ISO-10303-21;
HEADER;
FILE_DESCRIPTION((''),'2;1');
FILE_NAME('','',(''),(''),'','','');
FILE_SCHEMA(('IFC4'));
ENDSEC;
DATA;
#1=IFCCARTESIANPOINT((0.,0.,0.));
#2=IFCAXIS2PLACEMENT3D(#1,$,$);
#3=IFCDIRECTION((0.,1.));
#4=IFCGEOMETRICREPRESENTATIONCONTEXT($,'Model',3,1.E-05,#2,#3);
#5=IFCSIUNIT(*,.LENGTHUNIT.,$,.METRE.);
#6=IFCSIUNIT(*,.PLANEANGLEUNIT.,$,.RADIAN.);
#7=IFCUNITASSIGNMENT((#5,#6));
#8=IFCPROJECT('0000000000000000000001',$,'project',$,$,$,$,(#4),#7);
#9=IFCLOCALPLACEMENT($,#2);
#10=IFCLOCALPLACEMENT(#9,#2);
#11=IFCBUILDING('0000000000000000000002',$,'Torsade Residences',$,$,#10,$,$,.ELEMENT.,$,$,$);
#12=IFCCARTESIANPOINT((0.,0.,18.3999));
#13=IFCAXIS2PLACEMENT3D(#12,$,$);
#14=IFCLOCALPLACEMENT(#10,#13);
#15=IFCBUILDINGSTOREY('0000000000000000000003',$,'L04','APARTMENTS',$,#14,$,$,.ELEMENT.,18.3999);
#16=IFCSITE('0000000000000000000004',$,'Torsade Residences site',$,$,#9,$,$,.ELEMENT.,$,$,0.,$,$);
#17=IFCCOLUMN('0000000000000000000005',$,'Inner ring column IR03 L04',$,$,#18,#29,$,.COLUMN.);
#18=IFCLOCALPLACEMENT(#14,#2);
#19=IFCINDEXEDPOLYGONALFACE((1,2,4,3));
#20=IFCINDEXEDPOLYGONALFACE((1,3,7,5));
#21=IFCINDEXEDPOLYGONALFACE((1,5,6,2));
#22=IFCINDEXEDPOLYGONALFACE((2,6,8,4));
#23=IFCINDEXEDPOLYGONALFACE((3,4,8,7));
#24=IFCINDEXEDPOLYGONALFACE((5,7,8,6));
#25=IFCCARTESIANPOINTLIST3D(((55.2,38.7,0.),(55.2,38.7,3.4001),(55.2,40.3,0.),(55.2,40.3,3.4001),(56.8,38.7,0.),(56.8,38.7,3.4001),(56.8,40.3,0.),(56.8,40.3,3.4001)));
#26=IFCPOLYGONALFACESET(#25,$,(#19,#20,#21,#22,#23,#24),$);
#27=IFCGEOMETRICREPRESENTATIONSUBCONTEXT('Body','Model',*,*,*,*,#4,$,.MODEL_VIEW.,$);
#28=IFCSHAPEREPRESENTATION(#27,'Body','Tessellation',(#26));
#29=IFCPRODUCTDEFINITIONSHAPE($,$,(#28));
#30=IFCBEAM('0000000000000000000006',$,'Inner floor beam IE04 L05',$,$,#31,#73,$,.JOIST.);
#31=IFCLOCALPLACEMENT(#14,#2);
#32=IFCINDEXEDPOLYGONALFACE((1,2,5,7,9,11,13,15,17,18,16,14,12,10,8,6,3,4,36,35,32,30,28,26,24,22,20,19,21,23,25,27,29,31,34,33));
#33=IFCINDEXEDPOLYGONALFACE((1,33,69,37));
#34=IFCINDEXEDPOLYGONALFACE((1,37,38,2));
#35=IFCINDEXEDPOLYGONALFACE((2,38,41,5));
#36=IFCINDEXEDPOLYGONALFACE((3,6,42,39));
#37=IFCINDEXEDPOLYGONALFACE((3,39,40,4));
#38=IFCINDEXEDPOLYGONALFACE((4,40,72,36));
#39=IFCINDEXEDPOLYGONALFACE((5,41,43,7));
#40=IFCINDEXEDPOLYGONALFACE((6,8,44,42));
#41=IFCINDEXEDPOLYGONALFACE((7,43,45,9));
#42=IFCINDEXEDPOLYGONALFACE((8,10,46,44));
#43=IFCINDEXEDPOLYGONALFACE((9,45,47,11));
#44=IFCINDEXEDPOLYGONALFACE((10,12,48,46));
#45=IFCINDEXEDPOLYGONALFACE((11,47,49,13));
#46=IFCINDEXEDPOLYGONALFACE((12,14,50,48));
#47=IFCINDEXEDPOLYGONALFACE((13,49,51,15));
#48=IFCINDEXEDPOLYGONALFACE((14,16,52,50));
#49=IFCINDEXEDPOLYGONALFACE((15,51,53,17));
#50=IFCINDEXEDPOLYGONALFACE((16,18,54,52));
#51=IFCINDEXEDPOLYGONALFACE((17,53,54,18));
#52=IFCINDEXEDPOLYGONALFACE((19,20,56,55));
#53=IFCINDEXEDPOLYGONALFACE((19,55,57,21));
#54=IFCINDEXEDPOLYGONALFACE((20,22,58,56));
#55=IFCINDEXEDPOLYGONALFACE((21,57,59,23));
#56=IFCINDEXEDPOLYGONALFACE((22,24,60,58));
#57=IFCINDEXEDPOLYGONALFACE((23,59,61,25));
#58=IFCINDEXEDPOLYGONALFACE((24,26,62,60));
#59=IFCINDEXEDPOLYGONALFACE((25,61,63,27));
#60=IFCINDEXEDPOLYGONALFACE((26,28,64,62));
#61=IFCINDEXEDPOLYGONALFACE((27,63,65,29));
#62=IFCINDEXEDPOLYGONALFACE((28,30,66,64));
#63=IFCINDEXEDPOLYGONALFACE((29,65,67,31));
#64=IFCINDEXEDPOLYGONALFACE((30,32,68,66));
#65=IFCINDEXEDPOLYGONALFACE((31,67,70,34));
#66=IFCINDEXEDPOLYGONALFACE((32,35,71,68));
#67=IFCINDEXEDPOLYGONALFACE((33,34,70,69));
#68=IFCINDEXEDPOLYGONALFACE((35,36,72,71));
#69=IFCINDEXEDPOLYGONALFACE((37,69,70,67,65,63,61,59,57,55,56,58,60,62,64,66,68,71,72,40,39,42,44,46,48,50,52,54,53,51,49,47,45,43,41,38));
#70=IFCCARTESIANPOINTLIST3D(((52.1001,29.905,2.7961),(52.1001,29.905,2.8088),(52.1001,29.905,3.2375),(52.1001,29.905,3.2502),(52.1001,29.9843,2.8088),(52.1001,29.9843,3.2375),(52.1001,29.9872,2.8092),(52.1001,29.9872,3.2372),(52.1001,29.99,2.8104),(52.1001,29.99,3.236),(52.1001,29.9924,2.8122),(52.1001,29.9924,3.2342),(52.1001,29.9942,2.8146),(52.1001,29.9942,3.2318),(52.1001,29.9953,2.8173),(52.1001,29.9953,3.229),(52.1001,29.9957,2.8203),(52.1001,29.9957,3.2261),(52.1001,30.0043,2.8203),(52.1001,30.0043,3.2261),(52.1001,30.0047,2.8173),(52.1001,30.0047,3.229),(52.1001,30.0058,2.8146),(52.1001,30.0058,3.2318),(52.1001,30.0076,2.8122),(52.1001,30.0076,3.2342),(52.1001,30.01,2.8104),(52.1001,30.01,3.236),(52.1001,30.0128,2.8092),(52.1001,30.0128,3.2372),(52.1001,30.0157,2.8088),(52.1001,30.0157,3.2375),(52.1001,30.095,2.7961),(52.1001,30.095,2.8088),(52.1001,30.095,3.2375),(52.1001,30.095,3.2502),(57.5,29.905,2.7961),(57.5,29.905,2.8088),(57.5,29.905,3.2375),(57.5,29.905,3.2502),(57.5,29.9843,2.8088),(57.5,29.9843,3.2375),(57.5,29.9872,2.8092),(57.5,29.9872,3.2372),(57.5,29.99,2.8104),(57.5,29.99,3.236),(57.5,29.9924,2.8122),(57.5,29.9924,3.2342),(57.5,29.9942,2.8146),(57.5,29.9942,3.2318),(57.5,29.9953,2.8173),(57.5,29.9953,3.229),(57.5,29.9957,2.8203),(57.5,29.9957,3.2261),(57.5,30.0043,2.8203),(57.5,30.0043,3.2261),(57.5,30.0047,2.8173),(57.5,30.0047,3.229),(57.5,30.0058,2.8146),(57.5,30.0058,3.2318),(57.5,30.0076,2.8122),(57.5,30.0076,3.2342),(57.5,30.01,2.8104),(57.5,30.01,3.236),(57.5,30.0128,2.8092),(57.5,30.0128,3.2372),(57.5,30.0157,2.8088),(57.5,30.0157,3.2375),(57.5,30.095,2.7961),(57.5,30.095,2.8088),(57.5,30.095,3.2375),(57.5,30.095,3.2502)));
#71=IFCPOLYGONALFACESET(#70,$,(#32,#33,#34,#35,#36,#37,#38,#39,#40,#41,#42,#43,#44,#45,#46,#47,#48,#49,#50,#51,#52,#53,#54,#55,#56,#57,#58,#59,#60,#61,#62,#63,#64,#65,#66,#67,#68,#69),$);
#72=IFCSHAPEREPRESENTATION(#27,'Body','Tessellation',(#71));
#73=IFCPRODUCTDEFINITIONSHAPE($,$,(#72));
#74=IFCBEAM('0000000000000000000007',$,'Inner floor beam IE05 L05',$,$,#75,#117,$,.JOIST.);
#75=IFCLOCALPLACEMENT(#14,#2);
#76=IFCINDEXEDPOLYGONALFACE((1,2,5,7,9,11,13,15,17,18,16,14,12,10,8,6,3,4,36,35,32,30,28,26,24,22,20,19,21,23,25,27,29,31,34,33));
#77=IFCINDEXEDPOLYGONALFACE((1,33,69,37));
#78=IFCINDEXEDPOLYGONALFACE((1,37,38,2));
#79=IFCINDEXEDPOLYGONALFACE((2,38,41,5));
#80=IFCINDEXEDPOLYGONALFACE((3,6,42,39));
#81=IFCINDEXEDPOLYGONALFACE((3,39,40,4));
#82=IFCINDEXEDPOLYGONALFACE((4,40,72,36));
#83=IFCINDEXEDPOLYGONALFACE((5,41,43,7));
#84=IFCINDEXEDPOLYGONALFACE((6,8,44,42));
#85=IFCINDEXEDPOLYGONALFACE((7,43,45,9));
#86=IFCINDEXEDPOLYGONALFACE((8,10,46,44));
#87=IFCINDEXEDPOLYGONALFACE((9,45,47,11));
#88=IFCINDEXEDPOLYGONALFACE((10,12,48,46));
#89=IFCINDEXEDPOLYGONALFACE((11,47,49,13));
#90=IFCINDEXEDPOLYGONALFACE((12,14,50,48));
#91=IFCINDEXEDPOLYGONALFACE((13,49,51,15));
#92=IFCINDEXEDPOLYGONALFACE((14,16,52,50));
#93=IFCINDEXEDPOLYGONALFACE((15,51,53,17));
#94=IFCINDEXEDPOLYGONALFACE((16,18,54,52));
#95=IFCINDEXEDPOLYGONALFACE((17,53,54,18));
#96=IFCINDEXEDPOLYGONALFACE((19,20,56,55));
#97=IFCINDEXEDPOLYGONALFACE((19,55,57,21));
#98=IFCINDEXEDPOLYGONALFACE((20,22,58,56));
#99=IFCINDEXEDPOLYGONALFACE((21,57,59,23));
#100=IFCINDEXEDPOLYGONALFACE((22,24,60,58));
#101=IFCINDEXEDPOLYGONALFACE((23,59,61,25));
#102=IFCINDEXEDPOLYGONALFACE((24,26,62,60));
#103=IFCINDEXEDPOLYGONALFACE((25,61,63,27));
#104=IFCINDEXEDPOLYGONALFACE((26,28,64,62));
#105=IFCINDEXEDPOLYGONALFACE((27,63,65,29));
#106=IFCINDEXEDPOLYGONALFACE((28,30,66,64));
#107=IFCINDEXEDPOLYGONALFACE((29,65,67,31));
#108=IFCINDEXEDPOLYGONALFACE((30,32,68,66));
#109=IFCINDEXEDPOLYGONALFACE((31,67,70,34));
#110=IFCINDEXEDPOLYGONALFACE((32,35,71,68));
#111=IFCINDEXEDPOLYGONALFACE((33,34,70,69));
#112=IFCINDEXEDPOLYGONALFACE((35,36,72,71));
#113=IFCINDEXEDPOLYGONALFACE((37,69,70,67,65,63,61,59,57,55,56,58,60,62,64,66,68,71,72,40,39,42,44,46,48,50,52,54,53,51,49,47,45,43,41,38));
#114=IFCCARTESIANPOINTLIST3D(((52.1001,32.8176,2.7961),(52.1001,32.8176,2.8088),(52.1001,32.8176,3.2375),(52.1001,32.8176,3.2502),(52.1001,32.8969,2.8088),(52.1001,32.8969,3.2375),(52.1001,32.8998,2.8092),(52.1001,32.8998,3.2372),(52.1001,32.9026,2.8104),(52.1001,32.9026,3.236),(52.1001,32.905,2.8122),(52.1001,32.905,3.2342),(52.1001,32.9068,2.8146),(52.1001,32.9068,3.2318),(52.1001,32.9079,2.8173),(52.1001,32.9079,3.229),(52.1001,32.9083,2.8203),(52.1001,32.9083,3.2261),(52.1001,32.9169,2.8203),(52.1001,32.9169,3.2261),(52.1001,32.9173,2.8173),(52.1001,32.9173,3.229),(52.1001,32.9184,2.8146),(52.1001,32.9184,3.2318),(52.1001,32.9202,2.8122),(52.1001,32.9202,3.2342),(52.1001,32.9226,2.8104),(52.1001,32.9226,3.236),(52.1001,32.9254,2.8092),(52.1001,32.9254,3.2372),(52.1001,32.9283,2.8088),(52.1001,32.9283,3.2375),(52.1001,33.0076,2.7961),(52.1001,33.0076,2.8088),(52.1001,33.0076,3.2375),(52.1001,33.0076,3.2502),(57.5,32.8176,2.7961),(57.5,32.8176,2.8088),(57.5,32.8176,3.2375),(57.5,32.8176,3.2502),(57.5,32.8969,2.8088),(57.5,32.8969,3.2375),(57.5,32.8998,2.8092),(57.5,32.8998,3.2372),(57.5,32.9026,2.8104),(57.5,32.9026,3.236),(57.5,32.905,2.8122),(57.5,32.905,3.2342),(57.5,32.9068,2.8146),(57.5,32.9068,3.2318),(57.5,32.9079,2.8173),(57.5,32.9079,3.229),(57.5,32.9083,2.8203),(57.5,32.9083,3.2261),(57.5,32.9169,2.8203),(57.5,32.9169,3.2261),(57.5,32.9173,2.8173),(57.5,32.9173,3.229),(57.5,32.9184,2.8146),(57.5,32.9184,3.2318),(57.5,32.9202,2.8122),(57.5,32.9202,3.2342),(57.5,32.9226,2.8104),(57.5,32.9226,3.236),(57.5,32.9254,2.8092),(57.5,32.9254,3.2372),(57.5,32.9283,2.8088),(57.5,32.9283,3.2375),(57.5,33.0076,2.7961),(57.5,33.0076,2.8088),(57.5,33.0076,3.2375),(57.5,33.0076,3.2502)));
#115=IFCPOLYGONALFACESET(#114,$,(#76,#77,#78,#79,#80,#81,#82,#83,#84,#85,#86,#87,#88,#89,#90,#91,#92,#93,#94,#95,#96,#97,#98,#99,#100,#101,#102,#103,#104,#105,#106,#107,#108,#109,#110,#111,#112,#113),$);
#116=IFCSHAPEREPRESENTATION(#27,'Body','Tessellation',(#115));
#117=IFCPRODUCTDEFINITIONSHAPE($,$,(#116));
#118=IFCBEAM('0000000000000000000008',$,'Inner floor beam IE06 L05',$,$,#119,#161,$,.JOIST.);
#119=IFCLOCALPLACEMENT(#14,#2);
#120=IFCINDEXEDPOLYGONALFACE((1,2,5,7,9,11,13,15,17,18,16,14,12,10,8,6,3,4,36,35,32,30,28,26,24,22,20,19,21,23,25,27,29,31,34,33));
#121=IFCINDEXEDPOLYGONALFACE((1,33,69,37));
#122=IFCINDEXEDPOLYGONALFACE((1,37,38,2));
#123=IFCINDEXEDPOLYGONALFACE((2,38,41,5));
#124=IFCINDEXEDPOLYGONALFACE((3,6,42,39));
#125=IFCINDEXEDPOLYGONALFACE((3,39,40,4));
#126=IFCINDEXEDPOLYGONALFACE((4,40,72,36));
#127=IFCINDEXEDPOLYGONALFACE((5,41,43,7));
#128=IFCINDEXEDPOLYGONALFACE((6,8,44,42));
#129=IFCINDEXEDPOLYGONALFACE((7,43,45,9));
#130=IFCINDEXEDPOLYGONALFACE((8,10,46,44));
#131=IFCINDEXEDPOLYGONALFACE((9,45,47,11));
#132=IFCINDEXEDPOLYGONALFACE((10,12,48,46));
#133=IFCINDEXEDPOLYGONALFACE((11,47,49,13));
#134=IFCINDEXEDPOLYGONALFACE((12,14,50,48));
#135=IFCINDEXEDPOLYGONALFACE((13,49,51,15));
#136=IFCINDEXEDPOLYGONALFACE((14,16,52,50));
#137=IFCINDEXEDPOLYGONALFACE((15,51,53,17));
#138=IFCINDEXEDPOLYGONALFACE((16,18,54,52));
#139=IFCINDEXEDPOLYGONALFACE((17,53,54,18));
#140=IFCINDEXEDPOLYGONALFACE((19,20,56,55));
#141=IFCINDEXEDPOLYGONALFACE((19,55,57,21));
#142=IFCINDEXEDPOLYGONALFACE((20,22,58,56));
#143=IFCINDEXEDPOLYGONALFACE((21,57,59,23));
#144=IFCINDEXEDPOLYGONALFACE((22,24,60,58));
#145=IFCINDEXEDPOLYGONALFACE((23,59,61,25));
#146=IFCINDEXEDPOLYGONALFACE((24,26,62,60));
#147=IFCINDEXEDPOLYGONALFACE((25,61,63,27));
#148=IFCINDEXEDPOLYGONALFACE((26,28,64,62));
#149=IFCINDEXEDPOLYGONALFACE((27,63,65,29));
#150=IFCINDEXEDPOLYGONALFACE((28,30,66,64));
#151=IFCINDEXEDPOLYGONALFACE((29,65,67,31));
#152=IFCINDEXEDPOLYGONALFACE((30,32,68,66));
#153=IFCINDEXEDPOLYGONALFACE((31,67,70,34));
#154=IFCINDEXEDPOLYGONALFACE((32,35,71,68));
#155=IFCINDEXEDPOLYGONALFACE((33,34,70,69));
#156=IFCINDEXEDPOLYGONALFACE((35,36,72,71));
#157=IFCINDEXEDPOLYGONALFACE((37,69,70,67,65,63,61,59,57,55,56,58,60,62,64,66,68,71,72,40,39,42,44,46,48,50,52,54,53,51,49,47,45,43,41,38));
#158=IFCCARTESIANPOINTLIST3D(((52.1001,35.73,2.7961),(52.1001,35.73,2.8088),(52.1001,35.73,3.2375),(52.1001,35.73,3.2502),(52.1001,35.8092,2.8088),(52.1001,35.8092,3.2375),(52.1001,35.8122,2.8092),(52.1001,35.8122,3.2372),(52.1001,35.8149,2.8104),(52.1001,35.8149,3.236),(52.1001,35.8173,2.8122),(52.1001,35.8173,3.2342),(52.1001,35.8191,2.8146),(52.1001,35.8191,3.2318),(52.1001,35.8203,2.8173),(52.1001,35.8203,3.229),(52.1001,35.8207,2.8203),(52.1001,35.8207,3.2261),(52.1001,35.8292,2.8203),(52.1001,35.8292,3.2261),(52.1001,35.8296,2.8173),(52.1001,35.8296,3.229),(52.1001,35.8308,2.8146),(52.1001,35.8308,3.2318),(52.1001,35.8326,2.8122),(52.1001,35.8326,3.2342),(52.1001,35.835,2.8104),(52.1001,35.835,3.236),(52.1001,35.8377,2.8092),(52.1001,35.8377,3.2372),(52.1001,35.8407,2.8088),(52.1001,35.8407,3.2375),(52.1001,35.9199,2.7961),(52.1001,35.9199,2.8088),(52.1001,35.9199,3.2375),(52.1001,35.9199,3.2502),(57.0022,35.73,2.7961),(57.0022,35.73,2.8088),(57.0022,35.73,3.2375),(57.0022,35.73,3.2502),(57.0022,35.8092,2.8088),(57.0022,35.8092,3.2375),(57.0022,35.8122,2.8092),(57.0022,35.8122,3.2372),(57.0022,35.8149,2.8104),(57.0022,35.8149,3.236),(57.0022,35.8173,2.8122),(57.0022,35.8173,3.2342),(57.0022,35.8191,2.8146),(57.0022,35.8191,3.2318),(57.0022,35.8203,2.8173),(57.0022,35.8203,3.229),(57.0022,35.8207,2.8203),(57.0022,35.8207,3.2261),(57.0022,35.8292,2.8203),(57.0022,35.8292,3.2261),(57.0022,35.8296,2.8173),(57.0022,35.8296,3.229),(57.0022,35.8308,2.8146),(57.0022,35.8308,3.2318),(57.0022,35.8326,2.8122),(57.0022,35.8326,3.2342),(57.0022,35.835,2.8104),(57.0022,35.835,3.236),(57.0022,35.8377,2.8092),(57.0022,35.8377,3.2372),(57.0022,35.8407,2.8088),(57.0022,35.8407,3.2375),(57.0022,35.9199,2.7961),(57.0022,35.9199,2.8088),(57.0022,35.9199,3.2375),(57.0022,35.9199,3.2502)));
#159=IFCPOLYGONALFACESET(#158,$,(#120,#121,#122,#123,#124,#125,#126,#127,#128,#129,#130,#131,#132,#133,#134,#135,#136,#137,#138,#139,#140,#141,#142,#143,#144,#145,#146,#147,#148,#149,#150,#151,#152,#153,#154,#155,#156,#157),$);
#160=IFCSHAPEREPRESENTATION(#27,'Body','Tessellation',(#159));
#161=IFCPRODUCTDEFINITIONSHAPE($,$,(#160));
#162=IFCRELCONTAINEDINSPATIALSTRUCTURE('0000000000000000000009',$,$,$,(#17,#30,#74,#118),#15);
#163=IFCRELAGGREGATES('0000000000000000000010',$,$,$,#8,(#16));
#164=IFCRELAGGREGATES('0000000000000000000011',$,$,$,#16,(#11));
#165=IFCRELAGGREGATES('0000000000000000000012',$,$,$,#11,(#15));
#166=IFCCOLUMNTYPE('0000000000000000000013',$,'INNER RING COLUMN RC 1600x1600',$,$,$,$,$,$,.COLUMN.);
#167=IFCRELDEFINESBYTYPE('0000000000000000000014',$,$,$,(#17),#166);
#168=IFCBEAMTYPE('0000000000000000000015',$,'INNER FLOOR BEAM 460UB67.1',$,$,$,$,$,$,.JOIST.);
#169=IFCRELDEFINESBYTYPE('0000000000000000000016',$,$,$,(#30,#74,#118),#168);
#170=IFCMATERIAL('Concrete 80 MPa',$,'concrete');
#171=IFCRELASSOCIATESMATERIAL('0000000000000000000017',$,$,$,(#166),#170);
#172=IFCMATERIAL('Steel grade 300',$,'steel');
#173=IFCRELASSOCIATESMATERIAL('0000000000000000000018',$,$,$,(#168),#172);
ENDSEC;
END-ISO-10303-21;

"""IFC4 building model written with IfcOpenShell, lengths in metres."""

from ifc_helpers import new_model, si_unit, direction, frame, origin, origin_2d, place, context, subcontext, project, spatial, rectangle, i_section, extrude, material, material_profile, profile_set, type_object, element, save


model = new_model("IFC4")

# Units and contexts
model_context = context("Model", 3, precision=1e-05, world=origin(), true_north=direction((0.0, 1.0)))
body_context = subcontext(model_context, "Body", "Model", "MODEL_VIEW")
ifc_project = project(units=[si_unit("LENGTHUNIT", "METRE"), si_unit("PLANEANGLEUNIT", "RADIAN")], contexts=[model_context])

# Site, building, storey
site_placement = place(None, origin())
site = spatial("IfcSite", under=ifc_project, at=site_placement, Name="Torsade Residences site", CompositionType="ELEMENT", RefElevation=0.0)
building_placement = place(site_placement, origin())
building = spatial("IfcBuilding", under=site, at=building_placement, Name="Torsade Residences", CompositionType="ELEMENT")
storey_placement = place(building_placement, frame((0.0, 0.0, 18.3999)))
storey = spatial("IfcBuildingStorey", under=building, at=storey_placement, Name="L04", Description="APARTMENTS", CompositionType="ELEMENT", Elevation=18.3999)

# Column
ifc_material_1 = material(Name="Concrete 80 MPa", Category="concrete")
ifc_material_profile_1 = material_profile(ifc_material_1, rectangle(XDim=1.6001, YDim=1.6001, at=origin_2d()), Name="RC 1600x1600")
ifc_profile_set_1 = profile_set([ifc_material_profile_1], Name="Concrete 80 MPa")
column_type = type_object("IfcColumnType", Name="INNER RING COLUMN RC 1600x1600", PredefinedType="COLUMN", material=ifc_profile_set_1)
column_placement = place(storey_placement, frame((56.0, 39.5, 0.0), z_axis=(0.0, 0.0, 1.0), x_axis=(1.0, 0.0, 0.0)))
element("IfcColumn", 1, at=column_placement, inside=storey, type_object=column_type, Name="Inner ring column IR03 L04", PredefinedType="COLUMN", context=body_context, shape_type="SweptSolid", body=[
    extrude(rectangle(XDim=1.6001, YDim=1.6001, at=origin_2d()), origin(), (0.0, 0.0, 1.0), 3.4001),
])

# Beams
ifc_material_2 = material(Name="Steel grade 300", Category="steel")
ifc_material_profile_2 = material_profile(ifc_material_2, i_section(OverallWidth=0.1899, OverallDepth=0.4541, WebThickness=0.0085, FlangeThickness=0.0127, FilletRadius=0.0115, at=origin_2d()), Name="460UB67.1")
ifc_profile_set_2 = profile_set([ifc_material_profile_2], Name="Steel grade 300")
beam_type = type_object("IfcBeamType", Name="INNER FLOOR BEAM 460UB67.1", PredefinedType="JOIST", material=ifc_profile_set_2)
for number, where, z_axis, x_axis, name in (
    (2, (52.1001, 30.0, 3.0232), (1.0, 0.0, 0.0), (0.0, 1.0, 0.0), "Inner floor beam IE04 L05"),
    (3, (52.1001, 32.9126, 3.0232), (1.0, 0.0, 0.0), (0.0, 1.0, 0.0), "Inner floor beam IE05 L05"),
):
    element("IfcBeam", number, at=place(storey_placement, frame(where, z_axis=z_axis, x_axis=x_axis)), inside=storey, type_object=beam_type, Name=name, PredefinedType="JOIST", context=body_context, shape_type="SweptSolid", body=[
        extrude(i_section(OverallWidth=0.1899, OverallDepth=0.4541, WebThickness=0.0085, FlangeThickness=0.0127, FilletRadius=0.0115, at=origin_2d()), origin(), (0.0, 0.0, 1.0), 5.3999),
    ])
beam_1_placement = place(storey_placement, frame((52.1001, 35.825, 3.0232), z_axis=(1.0, 0.0, 0.0), x_axis=(0.0, 1.0, 0.0)))
element("IfcBeam", 4, at=beam_1_placement, inside=storey, type_object=beam_type, Name="Inner floor beam IE06 L05", PredefinedType="JOIST", context=body_context, shape_type="SweptSolid", body=[
    extrude(i_section(OverallWidth=0.1899, OverallDepth=0.4541, WebThickness=0.0085, FlangeThickness=0.0127, FilletRadius=0.0115, at=origin_2d()), origin(), (0.0, 0.0, 1.0), 4.9021),
])

save(model, "model.ifc")
